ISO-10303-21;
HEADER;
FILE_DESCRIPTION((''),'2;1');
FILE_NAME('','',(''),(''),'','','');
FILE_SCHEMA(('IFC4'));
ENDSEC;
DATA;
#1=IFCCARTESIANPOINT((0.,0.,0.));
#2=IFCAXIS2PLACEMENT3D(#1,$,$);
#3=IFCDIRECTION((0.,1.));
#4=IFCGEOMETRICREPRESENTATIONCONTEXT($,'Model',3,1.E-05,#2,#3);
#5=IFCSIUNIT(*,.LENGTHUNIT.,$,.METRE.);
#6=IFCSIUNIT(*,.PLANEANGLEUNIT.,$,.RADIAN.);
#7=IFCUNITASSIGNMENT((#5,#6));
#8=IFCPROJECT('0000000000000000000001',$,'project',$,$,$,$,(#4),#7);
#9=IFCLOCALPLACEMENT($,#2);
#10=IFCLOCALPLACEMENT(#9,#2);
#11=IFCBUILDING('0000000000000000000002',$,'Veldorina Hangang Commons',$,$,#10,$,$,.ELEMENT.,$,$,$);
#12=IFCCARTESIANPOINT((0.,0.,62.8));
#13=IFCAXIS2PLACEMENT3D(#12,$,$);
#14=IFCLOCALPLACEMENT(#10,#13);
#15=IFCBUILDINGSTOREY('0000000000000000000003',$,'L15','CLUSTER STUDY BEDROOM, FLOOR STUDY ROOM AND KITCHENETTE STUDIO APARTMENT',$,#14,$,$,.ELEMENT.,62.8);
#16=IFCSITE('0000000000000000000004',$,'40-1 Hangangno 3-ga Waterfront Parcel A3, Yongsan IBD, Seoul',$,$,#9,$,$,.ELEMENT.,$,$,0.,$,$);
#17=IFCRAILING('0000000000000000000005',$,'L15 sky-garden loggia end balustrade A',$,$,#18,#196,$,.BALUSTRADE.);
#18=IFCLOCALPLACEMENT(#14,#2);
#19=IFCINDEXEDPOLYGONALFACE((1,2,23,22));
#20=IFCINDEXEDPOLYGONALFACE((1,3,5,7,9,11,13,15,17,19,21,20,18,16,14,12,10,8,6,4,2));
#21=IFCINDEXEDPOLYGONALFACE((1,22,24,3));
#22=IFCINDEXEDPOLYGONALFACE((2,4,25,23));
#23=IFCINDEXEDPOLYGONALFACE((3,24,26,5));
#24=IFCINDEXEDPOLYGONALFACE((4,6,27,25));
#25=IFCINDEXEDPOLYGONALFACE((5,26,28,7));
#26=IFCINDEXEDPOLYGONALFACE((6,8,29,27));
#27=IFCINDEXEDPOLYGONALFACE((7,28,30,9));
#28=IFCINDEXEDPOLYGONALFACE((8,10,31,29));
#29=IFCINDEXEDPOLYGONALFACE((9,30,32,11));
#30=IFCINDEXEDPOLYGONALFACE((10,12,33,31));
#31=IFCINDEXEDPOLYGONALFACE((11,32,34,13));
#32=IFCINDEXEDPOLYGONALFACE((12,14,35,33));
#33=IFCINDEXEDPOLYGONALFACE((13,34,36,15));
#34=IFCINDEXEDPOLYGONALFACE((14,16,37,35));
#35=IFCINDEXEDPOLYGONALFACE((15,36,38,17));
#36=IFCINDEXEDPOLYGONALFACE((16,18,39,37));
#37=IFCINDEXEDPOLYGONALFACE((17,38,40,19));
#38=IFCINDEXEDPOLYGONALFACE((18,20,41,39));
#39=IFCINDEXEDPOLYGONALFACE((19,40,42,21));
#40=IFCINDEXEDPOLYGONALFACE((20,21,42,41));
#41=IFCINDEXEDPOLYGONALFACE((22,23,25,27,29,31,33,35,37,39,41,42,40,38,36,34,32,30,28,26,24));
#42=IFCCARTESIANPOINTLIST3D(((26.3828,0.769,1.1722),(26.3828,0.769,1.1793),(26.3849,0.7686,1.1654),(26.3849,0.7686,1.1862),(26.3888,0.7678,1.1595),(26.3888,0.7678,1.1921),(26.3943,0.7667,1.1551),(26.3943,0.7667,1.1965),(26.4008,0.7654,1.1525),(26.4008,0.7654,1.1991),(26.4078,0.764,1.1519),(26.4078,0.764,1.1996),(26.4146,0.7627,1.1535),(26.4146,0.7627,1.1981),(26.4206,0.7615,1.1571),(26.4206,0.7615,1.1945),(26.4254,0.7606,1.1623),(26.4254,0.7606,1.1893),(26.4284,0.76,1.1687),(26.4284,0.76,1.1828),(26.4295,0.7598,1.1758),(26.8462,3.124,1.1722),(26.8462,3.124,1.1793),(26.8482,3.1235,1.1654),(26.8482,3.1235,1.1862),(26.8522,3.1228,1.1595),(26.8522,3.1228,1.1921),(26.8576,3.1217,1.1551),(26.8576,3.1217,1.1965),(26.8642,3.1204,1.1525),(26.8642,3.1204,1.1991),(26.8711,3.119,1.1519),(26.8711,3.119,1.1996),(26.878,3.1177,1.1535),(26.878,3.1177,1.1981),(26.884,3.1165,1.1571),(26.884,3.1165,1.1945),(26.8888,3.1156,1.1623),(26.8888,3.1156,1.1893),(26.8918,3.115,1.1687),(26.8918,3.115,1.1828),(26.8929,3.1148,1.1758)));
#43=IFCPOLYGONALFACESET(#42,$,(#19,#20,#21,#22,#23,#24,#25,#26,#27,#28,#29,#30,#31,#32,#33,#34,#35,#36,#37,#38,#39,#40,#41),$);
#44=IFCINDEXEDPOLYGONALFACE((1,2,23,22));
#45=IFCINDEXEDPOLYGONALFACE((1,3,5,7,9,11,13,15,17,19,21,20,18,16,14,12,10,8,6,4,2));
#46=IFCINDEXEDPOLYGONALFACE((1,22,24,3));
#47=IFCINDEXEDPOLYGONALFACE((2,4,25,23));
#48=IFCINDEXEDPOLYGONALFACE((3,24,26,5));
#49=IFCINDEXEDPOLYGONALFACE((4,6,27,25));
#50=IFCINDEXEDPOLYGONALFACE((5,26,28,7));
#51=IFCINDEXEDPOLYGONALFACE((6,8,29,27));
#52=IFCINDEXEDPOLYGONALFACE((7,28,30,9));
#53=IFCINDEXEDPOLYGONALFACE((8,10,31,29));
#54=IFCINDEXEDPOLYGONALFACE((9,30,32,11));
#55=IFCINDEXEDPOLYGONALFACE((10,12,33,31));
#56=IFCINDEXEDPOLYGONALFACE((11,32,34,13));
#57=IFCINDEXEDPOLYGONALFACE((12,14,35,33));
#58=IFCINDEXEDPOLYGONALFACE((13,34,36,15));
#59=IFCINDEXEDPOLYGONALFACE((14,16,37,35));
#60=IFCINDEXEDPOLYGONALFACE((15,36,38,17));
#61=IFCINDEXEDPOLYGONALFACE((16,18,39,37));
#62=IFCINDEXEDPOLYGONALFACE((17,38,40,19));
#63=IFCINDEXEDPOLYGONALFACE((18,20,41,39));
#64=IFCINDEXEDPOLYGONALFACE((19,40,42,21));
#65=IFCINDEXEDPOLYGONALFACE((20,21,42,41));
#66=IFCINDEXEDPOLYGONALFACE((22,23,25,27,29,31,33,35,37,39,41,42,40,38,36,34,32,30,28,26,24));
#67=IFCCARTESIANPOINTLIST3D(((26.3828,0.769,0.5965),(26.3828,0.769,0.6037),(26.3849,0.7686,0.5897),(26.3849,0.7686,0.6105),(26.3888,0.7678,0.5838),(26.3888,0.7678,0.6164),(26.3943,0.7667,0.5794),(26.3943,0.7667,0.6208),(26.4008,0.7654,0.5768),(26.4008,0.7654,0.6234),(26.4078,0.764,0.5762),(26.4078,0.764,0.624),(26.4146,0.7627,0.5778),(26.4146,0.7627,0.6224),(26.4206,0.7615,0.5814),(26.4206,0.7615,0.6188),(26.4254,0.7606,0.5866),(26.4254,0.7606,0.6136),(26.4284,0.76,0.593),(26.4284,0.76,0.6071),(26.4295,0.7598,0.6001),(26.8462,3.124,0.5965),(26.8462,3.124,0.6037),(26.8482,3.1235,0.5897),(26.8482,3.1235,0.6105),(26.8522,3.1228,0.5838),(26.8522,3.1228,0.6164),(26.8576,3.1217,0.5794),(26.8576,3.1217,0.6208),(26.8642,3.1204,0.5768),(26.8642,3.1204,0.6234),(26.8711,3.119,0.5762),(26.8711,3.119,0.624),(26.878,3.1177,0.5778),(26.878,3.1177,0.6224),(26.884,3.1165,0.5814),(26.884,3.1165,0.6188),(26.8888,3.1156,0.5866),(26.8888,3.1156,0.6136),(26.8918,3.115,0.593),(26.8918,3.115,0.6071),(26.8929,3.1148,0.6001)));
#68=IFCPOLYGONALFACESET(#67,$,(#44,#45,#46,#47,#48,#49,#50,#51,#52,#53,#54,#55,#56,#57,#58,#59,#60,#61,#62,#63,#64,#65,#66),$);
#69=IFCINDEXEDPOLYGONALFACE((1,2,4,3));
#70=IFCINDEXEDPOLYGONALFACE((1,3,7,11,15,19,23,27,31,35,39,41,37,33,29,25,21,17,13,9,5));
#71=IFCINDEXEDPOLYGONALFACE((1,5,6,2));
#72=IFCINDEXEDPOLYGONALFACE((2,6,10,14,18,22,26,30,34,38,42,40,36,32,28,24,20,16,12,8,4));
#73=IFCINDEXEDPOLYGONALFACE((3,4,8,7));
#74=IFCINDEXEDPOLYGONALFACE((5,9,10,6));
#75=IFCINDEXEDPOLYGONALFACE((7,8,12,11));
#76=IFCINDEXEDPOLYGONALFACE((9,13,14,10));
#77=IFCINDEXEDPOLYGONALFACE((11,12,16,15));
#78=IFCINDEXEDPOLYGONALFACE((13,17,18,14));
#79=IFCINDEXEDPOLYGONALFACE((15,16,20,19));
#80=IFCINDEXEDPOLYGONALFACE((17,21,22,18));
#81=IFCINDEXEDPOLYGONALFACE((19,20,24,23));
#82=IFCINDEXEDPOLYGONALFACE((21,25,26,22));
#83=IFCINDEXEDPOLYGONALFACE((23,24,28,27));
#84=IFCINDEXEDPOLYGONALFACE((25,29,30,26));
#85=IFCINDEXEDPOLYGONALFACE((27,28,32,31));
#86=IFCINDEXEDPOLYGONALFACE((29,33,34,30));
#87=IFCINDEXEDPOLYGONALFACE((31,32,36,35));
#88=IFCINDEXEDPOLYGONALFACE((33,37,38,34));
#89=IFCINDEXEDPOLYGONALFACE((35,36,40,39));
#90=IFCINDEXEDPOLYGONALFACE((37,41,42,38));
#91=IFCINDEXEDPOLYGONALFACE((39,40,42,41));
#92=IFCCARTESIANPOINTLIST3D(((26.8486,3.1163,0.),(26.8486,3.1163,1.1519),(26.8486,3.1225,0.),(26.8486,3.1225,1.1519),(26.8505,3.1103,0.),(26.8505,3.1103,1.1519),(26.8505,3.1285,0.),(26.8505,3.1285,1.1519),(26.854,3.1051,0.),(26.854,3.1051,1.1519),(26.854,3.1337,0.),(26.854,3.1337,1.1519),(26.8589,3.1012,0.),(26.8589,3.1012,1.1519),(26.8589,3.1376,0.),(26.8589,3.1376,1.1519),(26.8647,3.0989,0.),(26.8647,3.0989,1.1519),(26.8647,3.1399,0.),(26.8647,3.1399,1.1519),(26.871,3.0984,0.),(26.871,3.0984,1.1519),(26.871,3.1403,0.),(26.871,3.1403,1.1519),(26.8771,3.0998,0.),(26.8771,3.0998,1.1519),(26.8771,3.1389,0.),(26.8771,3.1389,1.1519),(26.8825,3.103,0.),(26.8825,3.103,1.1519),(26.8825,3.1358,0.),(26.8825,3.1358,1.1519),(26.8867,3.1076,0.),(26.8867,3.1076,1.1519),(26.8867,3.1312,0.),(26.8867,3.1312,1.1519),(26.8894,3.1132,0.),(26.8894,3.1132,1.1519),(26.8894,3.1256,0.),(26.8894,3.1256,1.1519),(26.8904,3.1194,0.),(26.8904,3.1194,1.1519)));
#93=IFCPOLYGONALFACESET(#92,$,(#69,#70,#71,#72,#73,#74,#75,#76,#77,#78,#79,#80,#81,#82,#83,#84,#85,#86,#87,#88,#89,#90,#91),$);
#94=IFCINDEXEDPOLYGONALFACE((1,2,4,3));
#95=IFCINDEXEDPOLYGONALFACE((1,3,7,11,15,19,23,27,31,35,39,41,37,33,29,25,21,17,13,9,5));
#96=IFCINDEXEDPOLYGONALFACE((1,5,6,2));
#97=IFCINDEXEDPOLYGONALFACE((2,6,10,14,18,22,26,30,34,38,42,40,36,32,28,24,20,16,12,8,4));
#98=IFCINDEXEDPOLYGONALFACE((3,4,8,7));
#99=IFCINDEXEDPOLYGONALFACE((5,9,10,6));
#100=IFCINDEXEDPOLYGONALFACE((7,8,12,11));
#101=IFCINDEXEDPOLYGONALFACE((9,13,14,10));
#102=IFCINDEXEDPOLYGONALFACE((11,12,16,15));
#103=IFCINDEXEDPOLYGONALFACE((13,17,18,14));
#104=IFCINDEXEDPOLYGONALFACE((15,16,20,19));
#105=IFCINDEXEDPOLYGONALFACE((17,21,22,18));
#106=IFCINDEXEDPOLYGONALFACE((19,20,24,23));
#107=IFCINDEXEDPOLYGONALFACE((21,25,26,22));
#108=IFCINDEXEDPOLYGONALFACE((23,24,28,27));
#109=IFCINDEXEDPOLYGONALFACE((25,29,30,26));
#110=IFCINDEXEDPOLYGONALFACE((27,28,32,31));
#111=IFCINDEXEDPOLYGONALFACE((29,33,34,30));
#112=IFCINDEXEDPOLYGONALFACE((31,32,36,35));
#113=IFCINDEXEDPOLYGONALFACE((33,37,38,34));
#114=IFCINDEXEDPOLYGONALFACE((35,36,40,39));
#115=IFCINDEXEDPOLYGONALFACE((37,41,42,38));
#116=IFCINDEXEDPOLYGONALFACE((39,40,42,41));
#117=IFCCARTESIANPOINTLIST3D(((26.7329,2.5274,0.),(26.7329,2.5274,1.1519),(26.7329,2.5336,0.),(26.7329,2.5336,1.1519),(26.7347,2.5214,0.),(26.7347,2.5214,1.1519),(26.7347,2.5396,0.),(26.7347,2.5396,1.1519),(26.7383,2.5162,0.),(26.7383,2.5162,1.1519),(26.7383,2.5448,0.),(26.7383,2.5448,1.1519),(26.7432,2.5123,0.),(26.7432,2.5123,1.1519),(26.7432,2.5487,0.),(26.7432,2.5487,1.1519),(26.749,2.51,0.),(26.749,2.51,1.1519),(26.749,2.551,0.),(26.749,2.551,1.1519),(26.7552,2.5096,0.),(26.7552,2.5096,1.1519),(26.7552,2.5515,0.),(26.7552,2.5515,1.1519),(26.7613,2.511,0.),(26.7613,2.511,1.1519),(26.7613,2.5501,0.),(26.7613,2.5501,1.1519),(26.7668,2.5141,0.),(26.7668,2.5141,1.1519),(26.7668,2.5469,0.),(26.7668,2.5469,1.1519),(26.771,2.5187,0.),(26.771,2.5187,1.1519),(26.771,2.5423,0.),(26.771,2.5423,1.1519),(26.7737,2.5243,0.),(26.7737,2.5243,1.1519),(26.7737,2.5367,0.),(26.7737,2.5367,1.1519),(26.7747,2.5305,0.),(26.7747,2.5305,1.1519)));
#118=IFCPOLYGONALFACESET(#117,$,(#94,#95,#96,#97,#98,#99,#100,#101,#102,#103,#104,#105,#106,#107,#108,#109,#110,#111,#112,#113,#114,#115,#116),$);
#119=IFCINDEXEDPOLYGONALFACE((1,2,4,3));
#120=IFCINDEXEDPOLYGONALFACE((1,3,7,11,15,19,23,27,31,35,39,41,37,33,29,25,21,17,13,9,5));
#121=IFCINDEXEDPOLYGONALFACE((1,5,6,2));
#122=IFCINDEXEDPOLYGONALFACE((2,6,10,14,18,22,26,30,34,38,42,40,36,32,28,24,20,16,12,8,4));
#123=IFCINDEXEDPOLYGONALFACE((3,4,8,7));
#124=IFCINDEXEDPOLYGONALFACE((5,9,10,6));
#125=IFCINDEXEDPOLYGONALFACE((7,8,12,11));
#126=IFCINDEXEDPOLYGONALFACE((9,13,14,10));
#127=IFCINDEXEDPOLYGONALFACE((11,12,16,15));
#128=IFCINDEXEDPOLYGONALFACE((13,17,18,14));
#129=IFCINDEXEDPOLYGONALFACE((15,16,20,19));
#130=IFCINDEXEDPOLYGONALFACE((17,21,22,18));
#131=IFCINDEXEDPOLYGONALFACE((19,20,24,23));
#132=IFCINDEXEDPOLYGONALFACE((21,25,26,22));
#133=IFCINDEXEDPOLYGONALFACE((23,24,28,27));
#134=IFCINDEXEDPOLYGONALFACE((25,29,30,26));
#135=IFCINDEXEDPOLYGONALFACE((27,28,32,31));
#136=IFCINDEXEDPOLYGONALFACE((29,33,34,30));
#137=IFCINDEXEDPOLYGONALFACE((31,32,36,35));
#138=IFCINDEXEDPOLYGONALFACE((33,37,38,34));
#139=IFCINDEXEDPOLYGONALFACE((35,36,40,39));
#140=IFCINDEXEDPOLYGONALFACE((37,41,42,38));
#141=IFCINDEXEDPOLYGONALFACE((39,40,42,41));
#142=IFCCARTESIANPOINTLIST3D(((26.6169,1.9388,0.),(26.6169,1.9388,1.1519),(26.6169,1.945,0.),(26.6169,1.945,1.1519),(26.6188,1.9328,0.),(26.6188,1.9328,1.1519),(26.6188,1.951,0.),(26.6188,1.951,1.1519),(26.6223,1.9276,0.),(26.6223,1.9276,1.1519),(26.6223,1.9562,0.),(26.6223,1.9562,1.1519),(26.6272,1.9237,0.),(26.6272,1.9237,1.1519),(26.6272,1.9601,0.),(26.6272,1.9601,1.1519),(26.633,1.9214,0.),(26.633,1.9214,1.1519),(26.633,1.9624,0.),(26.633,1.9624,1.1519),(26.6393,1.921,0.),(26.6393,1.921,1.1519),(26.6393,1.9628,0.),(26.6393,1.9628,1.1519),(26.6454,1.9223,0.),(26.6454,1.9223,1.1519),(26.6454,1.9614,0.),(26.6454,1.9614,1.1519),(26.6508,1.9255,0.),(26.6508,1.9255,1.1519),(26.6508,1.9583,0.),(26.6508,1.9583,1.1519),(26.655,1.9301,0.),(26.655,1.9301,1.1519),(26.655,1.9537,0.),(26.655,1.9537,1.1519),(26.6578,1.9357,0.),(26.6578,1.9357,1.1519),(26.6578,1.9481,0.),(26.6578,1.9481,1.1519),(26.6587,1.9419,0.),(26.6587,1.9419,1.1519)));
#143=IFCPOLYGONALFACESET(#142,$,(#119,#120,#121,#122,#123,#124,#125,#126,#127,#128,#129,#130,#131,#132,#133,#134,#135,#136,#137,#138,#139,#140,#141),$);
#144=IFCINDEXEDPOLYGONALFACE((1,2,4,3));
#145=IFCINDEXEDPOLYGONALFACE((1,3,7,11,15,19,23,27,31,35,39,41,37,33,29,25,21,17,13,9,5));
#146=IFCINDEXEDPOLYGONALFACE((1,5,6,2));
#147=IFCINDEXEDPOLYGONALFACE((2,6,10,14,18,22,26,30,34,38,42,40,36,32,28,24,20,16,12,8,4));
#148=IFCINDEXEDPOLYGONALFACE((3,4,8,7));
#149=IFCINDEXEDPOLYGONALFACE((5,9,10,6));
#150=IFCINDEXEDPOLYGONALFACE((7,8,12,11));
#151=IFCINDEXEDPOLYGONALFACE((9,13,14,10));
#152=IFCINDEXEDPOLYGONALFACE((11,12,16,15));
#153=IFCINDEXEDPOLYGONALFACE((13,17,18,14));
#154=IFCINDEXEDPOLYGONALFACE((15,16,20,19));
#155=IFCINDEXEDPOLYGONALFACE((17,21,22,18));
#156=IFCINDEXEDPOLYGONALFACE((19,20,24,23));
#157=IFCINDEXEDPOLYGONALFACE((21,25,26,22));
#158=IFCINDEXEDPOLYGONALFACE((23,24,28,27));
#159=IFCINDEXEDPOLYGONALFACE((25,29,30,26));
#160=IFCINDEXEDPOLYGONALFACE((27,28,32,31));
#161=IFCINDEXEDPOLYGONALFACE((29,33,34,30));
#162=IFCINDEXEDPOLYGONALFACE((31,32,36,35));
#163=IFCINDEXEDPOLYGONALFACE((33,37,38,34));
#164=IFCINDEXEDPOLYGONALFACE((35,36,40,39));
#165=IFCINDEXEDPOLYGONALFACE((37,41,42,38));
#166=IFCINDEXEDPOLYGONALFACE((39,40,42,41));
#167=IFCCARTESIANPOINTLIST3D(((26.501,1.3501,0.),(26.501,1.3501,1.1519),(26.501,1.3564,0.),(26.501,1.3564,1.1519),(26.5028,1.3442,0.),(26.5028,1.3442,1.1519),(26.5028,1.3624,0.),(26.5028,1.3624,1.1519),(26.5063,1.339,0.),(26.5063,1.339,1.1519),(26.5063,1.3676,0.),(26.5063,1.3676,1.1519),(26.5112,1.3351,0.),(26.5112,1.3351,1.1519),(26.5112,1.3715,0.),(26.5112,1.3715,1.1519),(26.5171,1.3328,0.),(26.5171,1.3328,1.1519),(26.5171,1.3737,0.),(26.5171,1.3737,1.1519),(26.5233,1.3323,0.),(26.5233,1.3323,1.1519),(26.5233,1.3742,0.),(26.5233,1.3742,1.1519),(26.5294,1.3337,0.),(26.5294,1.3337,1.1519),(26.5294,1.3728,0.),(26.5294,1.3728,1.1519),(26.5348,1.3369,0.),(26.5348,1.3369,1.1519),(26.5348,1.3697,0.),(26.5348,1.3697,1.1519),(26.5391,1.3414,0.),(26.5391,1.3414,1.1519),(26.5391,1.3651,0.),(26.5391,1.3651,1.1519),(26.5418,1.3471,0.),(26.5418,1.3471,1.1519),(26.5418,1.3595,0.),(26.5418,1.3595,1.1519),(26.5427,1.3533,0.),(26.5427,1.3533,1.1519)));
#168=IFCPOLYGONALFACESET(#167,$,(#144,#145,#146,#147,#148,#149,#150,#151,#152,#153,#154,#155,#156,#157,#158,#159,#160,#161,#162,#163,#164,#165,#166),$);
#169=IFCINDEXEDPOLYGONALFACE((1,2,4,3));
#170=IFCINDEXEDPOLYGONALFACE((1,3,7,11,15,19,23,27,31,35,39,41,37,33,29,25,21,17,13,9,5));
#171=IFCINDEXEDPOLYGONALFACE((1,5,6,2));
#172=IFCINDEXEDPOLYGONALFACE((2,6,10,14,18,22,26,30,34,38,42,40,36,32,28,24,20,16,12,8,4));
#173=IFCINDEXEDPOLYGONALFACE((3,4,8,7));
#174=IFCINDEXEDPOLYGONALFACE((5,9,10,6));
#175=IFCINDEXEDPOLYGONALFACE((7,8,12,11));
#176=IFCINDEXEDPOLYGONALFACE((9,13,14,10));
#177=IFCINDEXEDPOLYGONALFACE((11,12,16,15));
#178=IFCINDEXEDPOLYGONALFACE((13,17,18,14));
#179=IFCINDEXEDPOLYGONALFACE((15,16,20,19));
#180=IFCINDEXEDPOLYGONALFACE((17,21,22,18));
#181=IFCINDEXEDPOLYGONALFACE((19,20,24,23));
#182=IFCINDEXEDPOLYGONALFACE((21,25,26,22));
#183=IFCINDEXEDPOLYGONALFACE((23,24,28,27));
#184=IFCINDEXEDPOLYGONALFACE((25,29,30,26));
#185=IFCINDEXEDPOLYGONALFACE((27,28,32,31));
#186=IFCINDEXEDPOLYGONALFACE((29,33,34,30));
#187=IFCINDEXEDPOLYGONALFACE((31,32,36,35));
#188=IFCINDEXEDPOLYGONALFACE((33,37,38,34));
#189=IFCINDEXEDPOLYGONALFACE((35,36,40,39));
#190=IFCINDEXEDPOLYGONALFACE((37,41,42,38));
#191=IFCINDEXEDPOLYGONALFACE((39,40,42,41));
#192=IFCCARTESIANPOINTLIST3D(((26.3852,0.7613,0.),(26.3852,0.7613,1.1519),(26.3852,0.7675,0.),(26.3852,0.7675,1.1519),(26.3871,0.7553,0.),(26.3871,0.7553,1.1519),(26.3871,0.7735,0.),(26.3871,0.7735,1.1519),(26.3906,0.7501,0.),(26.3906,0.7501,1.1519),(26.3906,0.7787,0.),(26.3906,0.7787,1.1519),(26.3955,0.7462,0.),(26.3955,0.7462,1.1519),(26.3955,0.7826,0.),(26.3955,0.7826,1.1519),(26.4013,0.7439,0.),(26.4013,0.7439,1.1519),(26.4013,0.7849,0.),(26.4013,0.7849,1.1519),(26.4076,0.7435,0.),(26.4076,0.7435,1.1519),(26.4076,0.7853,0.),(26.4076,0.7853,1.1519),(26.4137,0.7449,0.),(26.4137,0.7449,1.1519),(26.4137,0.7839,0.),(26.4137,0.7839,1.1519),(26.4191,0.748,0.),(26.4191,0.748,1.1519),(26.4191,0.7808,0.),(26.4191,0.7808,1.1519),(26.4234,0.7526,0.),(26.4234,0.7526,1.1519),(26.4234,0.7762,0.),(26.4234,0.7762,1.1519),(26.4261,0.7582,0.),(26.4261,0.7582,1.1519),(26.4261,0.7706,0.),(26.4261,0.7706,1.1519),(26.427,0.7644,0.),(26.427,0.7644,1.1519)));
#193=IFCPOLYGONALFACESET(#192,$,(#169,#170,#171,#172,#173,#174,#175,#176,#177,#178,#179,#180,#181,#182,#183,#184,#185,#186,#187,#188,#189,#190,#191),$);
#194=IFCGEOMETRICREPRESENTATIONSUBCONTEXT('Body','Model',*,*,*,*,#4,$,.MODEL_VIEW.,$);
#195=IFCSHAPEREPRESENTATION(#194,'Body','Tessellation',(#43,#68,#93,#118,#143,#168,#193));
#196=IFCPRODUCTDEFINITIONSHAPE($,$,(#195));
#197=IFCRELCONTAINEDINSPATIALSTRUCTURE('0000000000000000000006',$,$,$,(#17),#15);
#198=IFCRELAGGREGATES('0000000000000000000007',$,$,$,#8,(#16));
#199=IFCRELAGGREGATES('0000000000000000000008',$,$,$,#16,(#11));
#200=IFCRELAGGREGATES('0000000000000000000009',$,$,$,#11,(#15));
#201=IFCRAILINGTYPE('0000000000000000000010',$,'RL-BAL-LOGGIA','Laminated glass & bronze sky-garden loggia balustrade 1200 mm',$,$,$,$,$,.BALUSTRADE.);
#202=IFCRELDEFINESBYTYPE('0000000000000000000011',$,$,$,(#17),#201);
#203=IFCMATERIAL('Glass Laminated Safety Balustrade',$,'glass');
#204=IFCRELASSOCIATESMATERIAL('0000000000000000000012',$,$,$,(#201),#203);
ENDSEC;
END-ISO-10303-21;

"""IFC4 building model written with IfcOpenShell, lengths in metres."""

from ifc_helpers import new_model, si_unit, direction, frame, origin, origin_2d, place, context, subcontext, project, spatial, circle, extrude, material, type_object, element, save


model = new_model("IFC4")

# Units and contexts
model_context = context("Model", 3, precision=1e-05, world=origin(), true_north=direction((0.0, 1.0)))
body_context = subcontext(model_context, "Body", "Model", "MODEL_VIEW")
ifc_project = project(units=[si_unit("LENGTHUNIT", "METRE"), si_unit("PLANEANGLEUNIT", "RADIAN")], contexts=[model_context])

# Site, building, storey
site_placement = place(None, origin())
site = spatial("IfcSite", under=ifc_project, at=site_placement, Name="40-1 Hangangno 3-ga Waterfront Parcel A3, Yongsan IBD, Seoul", CompositionType="ELEMENT", RefElevation=0.0)
building_placement = place(site_placement, origin())
building = spatial("IfcBuilding", under=site, at=building_placement, Name="Veldorina Hangang Commons", CompositionType="ELEMENT")
storey_placement = place(building_placement, frame((0.0, 0.0, 62.8)))
storey = spatial("IfcBuildingStorey", under=building, at=storey_placement, Name="L15", Description="CLUSTER STUDY BEDROOM, FLOOR STUDY ROOM AND KITCHENETTE STUDIO APARTMENT", CompositionType="ELEMENT", Elevation=62.8)

# Railing
ifc_material_1 = material(Name="Glass Laminated Safety Balustrade", Category="glass")
railing_type = type_object("IfcRailingType", Name="RL-BAL-LOGGIA", Description="Laminated glass & bronze sky-garden loggia balustrade 1200 mm", PredefinedType="BALUSTRADE", material=ifc_material_1)
railing_1_placement = place(storey_placement, frame((26.8694, 3.1194, 0.0)))
element("IfcRailing", 1, at=railing_1_placement, inside=storey, type_object=railing_type, Name="L15 sky-garden loggia end balustrade A", PredefinedType="BALUSTRADE", context=body_context, shape_type="SweptSolid", body=[
    extrude(circle(Radius=0.0239, at=origin_2d()), frame((0.0, 0.0, 1.1758), z_axis=(-0.193064, -0.981186, 0.0), x_axis=(0.981186, -0.193064, 0.0)), (0.0, 0.0, 1.0), 2.4001),
    extrude(circle(Radius=0.0239, at=origin_2d()), frame((0.0, 0.0, 0.6001), z_axis=(-0.193064, -0.981186, 0.0), x_axis=(0.981186, -0.193064, 0.0)), (0.0, 0.0, 1.0), 2.4001),
    extrude(circle(Radius=0.021, at=origin_2d()), origin(), (0.0, 0.0, 1.0), 1.1519),
    extrude(circle(Radius=0.021, at=origin_2d()), frame((-0.1157, -0.5889, 0.0)), (0.0, 0.0, 1.0), 1.1519),
    extrude(circle(Radius=0.021, at=origin_2d()), frame((-0.2317, -1.1775, 0.0)), (0.0, 0.0, 1.0), 1.1519),
    extrude(circle(Radius=0.021, at=origin_2d()), frame((-0.3477, -1.7661, 0.0)), (0.0, 0.0, 1.0), 1.1519),
    extrude(circle(Radius=0.021, at=origin_2d()), frame((-0.4634, -2.355, 0.0)), (0.0, 0.0, 1.0), 1.1519),
])

save(model, "model.ifc")
